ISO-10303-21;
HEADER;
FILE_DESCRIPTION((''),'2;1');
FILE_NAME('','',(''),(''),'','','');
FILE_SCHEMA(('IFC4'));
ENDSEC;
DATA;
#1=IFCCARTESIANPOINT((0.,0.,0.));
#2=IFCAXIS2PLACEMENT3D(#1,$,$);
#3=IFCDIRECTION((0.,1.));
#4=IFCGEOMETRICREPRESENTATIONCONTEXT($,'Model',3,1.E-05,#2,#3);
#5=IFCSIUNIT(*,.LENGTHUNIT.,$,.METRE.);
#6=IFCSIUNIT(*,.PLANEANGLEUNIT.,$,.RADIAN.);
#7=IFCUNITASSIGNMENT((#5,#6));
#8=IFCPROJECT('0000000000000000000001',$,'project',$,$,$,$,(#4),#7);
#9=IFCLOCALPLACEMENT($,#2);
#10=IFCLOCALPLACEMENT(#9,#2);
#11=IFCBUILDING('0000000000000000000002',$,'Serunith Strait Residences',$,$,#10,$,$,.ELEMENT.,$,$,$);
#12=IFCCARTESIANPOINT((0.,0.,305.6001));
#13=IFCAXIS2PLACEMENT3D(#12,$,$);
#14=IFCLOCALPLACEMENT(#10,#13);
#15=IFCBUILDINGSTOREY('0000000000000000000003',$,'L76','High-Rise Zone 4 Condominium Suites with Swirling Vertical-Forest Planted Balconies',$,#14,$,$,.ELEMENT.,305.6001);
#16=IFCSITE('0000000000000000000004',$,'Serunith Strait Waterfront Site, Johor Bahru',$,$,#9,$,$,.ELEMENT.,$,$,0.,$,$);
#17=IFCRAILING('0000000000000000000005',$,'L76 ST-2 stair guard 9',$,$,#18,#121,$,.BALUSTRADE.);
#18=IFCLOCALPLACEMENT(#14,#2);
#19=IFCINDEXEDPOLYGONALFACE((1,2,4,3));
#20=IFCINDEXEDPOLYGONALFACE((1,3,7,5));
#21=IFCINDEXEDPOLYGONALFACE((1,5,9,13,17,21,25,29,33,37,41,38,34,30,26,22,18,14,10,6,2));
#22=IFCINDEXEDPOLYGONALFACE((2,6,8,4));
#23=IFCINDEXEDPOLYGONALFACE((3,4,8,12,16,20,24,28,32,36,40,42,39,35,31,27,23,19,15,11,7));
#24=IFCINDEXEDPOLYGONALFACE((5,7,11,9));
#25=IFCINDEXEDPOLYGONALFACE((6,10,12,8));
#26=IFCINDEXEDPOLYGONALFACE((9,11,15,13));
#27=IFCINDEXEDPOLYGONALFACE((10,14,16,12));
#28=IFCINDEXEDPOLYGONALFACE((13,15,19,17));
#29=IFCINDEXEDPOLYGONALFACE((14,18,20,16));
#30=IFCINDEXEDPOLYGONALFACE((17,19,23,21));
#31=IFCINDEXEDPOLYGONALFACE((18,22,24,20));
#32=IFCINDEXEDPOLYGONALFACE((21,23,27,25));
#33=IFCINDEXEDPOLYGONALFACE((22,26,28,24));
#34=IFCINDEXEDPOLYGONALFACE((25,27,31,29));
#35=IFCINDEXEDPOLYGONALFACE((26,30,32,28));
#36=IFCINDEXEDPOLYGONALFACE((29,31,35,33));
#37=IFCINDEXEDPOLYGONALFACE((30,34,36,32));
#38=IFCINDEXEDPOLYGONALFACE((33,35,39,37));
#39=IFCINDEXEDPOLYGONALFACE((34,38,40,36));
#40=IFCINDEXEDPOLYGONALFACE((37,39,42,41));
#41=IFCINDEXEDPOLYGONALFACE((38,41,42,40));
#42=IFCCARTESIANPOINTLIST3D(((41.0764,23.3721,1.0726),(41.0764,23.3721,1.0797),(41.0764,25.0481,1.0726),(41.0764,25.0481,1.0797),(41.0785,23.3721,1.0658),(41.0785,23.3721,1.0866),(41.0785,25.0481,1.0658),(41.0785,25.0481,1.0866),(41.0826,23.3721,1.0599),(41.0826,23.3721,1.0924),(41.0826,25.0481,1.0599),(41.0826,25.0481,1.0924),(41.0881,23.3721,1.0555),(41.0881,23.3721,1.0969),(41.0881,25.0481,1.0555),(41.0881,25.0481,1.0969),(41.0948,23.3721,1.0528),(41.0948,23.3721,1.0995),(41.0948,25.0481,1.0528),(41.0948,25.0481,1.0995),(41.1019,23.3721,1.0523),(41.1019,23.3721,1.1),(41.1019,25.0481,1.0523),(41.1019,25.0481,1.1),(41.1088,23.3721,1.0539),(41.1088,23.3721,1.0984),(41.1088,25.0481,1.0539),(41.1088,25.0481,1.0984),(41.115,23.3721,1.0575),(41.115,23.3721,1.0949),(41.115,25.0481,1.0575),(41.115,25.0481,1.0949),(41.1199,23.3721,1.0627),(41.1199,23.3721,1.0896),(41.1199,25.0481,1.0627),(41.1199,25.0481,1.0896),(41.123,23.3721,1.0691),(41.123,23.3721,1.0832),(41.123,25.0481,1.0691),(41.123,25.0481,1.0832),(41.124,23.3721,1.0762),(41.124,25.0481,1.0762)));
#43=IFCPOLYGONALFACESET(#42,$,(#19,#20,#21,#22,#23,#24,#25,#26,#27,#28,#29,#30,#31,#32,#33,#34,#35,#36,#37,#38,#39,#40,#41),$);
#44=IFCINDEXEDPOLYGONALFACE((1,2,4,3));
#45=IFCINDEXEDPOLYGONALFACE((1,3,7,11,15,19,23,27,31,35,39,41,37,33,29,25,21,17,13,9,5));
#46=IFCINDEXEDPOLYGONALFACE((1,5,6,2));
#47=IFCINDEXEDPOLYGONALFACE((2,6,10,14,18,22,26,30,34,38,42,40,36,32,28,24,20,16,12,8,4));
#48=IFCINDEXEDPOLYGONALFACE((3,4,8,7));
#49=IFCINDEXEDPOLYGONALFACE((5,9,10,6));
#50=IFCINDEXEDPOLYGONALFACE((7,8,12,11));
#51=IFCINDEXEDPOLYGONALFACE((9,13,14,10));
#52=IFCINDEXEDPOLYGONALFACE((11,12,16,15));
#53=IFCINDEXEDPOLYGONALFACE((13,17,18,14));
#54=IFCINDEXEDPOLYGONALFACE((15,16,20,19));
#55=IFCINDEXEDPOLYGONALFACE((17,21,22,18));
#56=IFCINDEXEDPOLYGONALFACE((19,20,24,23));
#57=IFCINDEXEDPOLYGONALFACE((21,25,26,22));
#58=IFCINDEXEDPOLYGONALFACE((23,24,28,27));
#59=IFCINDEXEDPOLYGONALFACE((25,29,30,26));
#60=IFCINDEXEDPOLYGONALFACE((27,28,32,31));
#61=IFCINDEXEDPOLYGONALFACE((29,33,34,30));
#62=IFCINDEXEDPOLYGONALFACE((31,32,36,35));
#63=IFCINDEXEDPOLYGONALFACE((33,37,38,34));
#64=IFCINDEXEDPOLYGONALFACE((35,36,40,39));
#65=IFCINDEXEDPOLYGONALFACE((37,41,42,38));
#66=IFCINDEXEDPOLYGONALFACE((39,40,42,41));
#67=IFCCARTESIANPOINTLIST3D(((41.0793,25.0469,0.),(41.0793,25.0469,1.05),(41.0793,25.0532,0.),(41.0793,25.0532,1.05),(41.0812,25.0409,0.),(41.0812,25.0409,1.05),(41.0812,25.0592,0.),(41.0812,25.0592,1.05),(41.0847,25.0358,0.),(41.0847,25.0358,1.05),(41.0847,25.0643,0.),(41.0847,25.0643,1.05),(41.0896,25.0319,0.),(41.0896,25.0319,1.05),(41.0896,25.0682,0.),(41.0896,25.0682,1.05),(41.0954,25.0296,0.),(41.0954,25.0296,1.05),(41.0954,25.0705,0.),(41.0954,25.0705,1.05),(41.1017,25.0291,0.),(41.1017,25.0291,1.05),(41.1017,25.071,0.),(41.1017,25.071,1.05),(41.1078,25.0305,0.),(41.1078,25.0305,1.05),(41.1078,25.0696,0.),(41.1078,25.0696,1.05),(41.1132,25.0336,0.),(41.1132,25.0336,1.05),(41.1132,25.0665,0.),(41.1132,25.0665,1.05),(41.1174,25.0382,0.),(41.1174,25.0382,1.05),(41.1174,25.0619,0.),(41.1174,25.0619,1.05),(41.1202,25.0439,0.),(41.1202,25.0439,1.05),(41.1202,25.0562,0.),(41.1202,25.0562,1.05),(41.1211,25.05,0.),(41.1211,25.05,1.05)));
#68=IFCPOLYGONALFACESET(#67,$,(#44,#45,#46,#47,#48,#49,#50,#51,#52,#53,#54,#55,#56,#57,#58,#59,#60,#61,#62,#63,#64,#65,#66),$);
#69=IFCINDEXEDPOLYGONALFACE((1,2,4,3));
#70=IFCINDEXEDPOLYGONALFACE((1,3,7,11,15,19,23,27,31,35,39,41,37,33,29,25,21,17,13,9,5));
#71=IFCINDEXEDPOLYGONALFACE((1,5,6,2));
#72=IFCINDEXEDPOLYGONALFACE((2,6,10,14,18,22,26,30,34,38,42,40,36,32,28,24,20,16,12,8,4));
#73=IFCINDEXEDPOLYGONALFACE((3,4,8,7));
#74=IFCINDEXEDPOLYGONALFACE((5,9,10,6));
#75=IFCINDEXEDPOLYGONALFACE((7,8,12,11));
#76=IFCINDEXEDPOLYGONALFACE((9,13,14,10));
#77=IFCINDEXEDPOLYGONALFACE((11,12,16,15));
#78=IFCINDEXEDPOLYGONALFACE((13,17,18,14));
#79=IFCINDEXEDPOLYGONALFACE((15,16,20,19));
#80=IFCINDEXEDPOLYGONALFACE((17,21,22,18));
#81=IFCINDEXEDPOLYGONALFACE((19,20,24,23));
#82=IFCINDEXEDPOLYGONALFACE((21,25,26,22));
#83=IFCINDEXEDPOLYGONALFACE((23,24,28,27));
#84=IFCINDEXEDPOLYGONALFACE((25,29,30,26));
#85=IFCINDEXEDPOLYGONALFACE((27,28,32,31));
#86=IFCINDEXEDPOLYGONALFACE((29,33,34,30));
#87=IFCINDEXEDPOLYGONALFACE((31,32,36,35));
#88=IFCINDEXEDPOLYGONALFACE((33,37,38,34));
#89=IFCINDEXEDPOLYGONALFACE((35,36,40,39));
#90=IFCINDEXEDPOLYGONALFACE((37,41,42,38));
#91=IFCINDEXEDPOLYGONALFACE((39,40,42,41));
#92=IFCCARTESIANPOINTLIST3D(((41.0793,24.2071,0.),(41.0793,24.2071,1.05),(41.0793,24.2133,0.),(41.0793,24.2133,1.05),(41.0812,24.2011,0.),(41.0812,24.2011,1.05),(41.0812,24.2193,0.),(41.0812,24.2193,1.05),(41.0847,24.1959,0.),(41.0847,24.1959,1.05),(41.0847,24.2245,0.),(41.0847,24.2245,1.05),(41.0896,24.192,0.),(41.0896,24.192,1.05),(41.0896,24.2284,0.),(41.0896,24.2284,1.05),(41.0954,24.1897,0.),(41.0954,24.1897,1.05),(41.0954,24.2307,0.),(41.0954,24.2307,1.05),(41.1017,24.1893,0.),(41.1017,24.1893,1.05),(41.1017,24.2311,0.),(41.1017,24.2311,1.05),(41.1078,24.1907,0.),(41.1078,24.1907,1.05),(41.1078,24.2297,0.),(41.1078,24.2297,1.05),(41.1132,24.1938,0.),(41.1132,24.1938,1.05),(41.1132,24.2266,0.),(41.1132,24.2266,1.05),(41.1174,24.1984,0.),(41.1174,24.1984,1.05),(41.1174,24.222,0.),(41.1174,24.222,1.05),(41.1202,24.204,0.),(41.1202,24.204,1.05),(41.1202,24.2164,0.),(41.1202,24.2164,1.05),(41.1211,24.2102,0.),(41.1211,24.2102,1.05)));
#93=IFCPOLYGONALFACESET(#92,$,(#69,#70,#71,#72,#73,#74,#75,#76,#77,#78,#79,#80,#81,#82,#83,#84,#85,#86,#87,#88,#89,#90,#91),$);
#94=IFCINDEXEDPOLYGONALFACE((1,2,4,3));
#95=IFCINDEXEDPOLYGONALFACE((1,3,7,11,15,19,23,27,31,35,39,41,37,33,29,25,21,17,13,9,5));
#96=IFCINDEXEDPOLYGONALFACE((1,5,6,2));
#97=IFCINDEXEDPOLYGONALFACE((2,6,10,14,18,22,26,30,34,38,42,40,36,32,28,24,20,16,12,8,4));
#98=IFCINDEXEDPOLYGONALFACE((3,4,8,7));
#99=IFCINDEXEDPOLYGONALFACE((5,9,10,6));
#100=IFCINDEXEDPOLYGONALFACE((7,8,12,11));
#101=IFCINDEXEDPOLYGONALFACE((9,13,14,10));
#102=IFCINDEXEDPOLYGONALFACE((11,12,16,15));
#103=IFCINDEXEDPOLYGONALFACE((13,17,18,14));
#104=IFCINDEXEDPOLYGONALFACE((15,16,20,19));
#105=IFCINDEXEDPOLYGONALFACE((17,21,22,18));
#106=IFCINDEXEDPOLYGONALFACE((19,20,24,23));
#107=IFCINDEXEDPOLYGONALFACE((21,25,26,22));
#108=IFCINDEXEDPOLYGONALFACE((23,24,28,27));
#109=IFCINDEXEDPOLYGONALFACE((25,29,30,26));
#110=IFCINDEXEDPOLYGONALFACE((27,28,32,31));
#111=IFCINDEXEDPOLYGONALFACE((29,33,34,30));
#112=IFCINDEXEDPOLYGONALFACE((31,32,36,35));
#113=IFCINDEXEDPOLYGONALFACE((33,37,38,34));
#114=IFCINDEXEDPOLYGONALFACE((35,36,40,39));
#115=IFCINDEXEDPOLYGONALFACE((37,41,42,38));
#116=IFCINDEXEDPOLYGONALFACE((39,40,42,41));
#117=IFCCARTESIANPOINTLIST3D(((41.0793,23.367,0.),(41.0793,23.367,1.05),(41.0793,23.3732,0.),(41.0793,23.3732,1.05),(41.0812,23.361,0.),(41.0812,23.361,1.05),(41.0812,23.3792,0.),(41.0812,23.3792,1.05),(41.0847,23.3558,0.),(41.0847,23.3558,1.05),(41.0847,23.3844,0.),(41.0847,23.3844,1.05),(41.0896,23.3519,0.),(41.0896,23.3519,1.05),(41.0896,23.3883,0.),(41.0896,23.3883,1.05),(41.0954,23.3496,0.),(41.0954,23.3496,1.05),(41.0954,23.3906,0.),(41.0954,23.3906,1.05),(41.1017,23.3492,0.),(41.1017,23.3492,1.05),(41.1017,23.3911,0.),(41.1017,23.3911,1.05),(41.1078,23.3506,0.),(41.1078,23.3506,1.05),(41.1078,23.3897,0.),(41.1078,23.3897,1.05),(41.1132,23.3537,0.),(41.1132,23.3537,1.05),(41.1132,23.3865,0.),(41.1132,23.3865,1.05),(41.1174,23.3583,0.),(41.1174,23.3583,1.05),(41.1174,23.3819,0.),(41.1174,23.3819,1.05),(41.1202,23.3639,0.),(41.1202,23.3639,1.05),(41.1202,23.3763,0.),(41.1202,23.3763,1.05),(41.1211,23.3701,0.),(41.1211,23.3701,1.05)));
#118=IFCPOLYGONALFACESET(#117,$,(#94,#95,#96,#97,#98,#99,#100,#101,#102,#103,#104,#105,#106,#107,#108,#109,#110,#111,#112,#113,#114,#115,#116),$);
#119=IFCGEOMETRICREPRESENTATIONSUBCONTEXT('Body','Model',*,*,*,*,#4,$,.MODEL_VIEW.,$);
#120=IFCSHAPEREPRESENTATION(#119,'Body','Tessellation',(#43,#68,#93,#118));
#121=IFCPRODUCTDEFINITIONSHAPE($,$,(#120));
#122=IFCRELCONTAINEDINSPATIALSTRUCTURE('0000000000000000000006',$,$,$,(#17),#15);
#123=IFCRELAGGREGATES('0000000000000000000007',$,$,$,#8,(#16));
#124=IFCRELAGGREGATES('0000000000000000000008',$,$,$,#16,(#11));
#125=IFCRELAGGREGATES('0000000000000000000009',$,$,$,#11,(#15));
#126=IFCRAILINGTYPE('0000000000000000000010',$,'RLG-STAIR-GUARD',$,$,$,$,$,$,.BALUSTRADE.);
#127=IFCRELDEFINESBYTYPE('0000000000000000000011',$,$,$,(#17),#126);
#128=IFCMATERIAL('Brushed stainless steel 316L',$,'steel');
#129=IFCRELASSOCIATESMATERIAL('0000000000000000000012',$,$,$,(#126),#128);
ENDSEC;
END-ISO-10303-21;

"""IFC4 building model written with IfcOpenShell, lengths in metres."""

from ifc_helpers import new_model, si_unit, direction, frame, origin, origin_2d, place, context, subcontext, project, spatial, circle, extrude, material, type_object, element, save


model = new_model("IFC4")

# Units and contexts
model_context = context("Model", 3, precision=1e-05, world=origin(), true_north=direction((0.0, 1.0)))
body_context = subcontext(model_context, "Body", "Model", "MODEL_VIEW")
ifc_project = project(units=[si_unit("LENGTHUNIT", "METRE"), si_unit("PLANEANGLEUNIT", "RADIAN")], contexts=[model_context])

# Site, building, storey
site_placement = place(None, origin())
site = spatial("IfcSite", under=ifc_project, at=site_placement, Name="Serunith Strait Waterfront Site, Johor Bahru", CompositionType="ELEMENT", RefElevation=0.0)
building_placement = place(site_placement, origin())
building = spatial("IfcBuilding", under=site, at=building_placement, Name="Serunith Strait Residences", CompositionType="ELEMENT")
storey_placement = place(building_placement, frame((0.0, 0.0, 305.6001)))
storey = spatial("IfcBuildingStorey", under=building, at=storey_placement, Name="L76", Description="High-Rise Zone 4 Condominium Suites with Swirling Vertical-Forest Planted Balconies", CompositionType="ELEMENT", Elevation=305.6001)

# Railing
ifc_material_1 = material(Name="Brushed stainless steel 316L", Category="steel")
railing_type = type_object("IfcRailingType", Name="RLG-STAIR-GUARD", PredefinedType="BALUSTRADE", material=ifc_material_1)
for number, where, name in (
    (1, (41.1001, 25.05, 0.0), "L76 ST-2 stair guard 9"),
):
    element("IfcRailing", number, at=place(storey_placement, frame(where)), inside=storey, type_object=railing_type, Name=name, PredefinedType="BALUSTRADE", context=body_context, shape_type="SweptSolid", body=[
        extrude(circle(Radius=0.0239, at=origin_2d()), frame((0.0, -0.002, 1.0762), z_axis=(0.0, -1.0, 0.0), x_axis=(1.0, 0.0, 0.0)), (0.0, 0.0, 1.0), 1.676),
        extrude(circle(Radius=0.021, at=origin_2d()), origin(), (0.0, 0.0, 1.0), 1.05),
        extrude(circle(Radius=0.021, at=origin_2d()), frame((0.0, -0.8398, 0.0)), (0.0, 0.0, 1.0), 1.05),
        extrude(circle(Radius=0.021, at=origin_2d()), frame((0.0, -1.6799, 0.0)), (0.0, 0.0, 1.0), 1.05),
    ])

save(model, "model.ifc")
